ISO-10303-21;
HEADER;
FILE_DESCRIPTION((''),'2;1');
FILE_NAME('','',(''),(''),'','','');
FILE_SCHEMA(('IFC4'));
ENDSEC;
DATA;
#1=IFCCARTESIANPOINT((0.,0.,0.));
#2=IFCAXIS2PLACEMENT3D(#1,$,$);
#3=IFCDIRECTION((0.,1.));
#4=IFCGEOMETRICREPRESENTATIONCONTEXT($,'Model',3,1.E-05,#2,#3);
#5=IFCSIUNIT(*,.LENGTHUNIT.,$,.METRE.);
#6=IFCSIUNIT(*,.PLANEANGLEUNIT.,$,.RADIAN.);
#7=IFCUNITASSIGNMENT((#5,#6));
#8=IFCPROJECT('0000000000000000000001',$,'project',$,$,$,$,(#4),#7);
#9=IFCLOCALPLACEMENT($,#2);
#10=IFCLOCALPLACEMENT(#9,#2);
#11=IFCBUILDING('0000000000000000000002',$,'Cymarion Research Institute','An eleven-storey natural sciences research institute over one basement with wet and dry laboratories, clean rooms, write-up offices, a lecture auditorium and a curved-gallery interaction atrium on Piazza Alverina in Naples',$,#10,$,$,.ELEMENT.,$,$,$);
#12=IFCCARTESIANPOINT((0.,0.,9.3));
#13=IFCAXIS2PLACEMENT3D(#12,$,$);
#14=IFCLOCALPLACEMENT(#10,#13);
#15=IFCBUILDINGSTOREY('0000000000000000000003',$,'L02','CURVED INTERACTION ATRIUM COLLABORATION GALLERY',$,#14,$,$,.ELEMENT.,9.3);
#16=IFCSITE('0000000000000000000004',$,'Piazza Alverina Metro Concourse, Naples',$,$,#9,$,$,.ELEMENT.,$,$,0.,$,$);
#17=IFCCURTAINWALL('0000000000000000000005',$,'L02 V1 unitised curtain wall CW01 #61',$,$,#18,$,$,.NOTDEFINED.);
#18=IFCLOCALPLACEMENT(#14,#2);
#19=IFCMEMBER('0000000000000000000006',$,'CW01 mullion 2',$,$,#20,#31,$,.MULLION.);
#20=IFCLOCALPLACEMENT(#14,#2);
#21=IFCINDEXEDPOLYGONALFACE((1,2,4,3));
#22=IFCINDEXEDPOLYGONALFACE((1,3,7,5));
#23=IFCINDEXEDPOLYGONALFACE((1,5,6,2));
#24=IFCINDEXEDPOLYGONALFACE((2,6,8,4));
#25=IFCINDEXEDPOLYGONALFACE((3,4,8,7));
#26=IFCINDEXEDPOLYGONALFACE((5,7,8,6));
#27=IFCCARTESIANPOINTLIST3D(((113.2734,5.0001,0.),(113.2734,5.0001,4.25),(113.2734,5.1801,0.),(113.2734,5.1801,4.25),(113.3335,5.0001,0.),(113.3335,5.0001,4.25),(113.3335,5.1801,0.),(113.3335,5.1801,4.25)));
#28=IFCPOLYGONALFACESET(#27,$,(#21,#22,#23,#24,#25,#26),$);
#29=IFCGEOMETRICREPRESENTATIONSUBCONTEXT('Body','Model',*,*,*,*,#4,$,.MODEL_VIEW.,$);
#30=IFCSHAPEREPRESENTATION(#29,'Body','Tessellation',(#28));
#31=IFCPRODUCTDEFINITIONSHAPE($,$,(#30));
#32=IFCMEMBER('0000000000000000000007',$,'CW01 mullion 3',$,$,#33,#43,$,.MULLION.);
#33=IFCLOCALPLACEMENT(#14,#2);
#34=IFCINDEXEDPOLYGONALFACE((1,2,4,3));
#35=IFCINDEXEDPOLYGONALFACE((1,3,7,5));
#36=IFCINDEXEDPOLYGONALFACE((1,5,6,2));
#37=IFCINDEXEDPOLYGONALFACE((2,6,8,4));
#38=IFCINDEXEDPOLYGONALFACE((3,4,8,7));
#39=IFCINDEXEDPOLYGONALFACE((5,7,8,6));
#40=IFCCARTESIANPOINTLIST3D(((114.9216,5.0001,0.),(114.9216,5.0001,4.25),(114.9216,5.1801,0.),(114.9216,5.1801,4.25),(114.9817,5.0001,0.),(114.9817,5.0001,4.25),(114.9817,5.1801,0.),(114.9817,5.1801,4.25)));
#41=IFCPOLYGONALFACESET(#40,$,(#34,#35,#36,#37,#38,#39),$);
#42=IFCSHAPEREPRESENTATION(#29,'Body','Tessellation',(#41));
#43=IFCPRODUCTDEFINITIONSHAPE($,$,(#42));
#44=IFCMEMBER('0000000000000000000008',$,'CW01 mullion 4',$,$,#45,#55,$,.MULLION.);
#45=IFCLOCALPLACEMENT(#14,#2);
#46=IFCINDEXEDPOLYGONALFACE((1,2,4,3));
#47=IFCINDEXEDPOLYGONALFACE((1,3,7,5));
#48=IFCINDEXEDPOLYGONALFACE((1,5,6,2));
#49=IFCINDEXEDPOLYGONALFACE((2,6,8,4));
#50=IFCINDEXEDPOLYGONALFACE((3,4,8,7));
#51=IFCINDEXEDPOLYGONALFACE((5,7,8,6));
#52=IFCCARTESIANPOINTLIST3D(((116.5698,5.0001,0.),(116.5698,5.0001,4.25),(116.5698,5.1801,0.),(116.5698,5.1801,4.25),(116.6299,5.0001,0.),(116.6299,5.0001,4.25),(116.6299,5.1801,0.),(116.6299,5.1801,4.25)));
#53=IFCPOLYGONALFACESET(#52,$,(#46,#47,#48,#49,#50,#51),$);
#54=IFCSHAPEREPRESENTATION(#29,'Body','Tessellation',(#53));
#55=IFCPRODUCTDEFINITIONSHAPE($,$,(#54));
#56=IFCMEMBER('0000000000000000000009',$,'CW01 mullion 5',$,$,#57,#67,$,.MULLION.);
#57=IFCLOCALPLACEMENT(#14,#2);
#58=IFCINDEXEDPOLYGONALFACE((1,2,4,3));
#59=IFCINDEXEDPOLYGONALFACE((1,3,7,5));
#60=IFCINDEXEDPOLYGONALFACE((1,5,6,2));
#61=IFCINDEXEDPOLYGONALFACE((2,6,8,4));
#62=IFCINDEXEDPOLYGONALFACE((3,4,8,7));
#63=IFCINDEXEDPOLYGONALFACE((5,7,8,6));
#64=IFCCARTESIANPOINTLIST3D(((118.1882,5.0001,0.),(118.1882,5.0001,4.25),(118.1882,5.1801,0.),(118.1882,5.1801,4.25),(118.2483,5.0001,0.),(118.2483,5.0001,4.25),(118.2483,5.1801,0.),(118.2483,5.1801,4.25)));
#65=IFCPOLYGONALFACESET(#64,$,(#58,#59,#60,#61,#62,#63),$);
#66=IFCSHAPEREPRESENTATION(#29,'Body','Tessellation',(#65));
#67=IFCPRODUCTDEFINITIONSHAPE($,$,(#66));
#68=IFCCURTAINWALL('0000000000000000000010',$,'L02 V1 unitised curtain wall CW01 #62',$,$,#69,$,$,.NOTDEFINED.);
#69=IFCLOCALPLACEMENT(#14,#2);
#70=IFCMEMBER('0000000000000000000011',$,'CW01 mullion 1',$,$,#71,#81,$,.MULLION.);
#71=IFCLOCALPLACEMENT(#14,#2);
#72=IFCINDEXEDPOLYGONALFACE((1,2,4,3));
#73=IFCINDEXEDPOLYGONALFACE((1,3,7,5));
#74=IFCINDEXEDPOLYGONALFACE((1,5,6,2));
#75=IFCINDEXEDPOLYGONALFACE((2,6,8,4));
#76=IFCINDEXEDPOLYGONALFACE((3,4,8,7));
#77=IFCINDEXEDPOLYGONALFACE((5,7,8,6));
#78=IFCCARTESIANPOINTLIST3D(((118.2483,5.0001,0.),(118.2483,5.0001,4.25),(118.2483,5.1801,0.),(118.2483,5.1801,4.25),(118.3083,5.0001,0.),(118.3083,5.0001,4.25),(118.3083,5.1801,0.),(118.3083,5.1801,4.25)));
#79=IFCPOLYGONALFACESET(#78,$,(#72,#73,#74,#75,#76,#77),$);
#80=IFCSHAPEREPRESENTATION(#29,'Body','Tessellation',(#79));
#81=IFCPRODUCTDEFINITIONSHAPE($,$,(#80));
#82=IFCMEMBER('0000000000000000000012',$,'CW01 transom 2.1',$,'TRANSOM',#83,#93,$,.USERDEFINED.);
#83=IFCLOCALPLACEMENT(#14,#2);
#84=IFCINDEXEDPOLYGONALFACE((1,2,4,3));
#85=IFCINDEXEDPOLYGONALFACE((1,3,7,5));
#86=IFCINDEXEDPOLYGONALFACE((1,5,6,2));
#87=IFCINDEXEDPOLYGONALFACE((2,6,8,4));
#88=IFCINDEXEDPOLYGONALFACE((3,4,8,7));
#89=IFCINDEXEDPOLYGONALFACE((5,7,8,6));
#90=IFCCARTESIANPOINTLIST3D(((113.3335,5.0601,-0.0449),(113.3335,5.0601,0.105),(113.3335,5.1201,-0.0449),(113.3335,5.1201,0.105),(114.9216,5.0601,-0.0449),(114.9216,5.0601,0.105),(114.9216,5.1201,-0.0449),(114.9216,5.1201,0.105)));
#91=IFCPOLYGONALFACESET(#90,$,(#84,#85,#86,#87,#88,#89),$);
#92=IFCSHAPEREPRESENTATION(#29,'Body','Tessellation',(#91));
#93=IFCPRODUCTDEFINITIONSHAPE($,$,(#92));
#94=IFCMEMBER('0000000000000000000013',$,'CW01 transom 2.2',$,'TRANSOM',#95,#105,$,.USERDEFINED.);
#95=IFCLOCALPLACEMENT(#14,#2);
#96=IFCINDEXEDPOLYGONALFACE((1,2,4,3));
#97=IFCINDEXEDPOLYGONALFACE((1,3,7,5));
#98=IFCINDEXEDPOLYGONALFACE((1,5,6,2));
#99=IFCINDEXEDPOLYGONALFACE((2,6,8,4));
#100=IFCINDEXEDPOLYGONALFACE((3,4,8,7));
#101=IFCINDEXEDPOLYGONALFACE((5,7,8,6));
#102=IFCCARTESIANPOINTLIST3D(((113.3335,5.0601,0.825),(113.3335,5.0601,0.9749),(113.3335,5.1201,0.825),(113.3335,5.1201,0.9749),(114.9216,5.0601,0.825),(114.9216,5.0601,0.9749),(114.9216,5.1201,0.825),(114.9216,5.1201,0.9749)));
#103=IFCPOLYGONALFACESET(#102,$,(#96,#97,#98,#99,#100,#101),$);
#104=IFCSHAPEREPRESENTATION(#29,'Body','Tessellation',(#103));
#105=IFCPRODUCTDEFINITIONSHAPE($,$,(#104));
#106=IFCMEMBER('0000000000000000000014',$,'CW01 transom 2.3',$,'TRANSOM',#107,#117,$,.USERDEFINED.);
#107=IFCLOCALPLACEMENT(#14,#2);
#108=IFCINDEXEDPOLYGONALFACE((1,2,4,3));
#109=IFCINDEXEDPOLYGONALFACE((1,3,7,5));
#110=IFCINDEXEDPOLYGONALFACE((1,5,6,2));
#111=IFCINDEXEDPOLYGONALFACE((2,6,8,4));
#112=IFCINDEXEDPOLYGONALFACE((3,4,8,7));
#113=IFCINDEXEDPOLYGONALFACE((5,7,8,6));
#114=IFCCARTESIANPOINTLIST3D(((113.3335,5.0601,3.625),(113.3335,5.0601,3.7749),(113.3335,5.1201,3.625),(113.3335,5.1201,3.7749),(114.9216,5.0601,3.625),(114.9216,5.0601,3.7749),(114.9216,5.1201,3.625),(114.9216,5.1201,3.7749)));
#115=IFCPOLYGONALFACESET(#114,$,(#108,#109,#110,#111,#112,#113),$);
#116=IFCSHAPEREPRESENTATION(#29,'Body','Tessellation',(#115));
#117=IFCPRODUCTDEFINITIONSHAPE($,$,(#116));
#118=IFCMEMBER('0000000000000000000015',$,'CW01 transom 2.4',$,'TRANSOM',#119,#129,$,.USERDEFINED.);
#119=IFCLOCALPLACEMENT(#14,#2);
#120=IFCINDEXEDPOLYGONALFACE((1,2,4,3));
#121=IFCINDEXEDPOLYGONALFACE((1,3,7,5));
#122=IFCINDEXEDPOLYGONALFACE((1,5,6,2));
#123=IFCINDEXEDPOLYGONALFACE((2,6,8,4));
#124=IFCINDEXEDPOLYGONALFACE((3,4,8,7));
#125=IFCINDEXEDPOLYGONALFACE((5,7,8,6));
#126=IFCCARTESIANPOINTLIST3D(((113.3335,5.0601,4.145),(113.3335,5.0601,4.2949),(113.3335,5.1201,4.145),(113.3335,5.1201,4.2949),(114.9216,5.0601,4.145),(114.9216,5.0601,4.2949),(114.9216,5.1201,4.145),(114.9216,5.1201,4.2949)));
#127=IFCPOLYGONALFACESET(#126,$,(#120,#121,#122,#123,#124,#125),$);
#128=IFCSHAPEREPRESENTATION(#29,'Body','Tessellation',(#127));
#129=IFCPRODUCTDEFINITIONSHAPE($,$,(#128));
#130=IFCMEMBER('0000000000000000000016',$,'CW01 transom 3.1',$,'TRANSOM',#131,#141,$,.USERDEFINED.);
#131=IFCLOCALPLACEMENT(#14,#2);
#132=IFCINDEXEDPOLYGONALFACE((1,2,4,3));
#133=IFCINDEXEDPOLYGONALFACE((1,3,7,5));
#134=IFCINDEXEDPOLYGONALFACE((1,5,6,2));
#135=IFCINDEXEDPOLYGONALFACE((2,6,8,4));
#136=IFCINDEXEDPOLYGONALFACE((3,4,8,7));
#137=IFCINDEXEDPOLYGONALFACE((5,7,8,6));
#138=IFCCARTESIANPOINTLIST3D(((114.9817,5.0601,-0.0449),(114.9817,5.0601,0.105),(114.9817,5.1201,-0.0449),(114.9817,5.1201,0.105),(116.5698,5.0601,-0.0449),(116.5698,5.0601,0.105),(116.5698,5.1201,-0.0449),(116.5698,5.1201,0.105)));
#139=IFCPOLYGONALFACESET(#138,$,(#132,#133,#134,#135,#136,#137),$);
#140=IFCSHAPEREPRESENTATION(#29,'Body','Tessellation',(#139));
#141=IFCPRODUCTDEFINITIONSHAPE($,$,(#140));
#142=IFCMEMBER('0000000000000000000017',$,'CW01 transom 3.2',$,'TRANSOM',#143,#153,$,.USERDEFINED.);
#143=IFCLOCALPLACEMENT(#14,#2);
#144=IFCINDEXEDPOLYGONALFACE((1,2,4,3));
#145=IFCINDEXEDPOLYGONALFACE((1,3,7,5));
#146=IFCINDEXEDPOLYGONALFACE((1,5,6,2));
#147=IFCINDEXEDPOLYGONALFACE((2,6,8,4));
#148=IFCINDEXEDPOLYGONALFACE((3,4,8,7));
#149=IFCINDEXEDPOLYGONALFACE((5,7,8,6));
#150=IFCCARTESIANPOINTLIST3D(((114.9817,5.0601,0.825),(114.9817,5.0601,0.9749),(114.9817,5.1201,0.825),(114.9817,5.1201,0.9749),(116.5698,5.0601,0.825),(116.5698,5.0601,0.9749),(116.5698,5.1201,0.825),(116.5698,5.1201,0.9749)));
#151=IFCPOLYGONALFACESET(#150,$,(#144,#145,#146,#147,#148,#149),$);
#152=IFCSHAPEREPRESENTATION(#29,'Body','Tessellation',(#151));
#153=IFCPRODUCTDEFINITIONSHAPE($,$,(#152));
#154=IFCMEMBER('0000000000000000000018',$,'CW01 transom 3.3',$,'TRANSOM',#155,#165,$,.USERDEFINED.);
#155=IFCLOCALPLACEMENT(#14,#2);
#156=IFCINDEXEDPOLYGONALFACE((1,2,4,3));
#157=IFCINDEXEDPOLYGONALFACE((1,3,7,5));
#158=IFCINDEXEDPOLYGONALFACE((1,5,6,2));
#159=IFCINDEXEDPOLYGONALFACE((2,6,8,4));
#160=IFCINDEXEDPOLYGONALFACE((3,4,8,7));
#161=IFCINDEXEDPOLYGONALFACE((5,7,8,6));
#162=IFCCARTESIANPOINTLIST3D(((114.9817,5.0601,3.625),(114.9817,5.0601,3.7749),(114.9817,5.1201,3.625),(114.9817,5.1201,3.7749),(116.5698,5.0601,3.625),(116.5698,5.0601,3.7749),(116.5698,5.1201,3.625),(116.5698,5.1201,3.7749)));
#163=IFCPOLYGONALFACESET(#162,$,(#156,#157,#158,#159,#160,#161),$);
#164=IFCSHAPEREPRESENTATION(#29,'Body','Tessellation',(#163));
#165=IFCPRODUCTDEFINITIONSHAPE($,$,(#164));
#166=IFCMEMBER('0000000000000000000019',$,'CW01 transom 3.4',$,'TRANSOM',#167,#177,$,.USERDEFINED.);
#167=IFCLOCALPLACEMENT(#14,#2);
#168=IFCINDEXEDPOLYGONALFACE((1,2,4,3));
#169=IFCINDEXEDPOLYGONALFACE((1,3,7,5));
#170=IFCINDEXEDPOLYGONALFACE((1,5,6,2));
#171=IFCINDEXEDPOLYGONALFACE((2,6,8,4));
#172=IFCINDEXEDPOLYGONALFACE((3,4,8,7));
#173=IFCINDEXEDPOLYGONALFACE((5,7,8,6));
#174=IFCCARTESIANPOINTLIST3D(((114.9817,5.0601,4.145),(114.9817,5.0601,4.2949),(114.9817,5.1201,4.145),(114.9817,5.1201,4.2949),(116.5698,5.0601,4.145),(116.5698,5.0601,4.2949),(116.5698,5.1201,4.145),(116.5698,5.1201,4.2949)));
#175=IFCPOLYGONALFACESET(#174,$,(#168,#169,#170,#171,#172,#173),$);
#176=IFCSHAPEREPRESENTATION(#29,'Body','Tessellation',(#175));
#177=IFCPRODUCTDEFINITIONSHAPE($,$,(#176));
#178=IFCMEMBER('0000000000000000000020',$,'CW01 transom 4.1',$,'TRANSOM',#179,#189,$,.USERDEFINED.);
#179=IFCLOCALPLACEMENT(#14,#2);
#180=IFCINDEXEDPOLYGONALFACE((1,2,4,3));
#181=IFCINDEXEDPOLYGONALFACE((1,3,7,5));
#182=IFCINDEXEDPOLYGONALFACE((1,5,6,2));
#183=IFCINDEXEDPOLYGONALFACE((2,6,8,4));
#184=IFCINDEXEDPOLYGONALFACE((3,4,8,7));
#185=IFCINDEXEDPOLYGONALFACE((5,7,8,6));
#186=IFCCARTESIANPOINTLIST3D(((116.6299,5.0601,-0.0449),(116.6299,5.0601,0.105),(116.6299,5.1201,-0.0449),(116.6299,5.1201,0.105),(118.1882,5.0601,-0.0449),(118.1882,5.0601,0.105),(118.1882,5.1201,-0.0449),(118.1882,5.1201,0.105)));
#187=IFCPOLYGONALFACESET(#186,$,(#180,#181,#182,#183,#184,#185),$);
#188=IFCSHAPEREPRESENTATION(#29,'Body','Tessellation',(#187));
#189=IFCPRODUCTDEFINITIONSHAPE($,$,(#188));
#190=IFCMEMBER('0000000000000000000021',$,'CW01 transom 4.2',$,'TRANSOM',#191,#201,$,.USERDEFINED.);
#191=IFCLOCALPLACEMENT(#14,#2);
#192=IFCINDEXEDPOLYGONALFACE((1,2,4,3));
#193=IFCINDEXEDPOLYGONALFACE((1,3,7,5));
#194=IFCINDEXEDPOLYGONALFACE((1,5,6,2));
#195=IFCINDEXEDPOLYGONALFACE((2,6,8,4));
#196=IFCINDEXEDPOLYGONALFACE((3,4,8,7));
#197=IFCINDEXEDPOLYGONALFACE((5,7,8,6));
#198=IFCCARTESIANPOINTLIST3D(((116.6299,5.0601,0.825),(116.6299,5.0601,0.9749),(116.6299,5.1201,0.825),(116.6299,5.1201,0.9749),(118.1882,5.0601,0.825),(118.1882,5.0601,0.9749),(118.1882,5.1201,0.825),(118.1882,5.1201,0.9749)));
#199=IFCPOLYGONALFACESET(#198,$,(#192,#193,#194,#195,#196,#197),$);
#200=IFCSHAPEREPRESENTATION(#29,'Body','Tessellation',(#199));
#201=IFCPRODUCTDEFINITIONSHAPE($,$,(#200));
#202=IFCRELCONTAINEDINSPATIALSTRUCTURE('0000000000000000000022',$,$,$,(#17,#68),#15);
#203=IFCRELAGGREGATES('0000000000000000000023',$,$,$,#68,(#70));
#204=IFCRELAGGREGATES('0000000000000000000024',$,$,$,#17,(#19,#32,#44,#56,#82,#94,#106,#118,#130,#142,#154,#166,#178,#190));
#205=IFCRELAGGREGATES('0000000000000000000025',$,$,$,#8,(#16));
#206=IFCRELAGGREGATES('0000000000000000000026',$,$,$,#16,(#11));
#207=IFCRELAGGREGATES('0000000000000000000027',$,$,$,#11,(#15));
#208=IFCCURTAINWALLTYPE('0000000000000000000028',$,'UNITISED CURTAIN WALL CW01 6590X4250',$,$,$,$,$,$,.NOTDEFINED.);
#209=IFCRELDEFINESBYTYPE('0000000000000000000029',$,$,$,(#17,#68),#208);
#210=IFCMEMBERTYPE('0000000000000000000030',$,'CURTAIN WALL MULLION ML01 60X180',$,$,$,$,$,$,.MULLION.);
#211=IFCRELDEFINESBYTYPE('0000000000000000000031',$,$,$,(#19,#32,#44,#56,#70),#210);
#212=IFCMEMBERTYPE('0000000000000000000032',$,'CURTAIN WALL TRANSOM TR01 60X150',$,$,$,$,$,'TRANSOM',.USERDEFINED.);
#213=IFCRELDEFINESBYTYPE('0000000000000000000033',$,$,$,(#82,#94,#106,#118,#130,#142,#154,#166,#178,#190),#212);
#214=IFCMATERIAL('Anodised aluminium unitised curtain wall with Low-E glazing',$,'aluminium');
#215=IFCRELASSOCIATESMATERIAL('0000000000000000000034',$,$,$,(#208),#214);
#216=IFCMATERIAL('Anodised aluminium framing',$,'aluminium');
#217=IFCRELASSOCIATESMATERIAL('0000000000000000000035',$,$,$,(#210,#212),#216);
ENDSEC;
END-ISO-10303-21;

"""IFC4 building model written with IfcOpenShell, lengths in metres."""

from ifc_helpers import new_model, si_unit, direction, frame, origin, origin_2d, place, context, subcontext, project, spatial, rectangle, extrude, material, material_profile, profile_set, type_object, element, aggregate, save


model = new_model("IFC4")

# Units and contexts
model_context = context("Model", 3, precision=1e-05, world=origin(), true_north=direction((0.0, 1.0)))
body_context = subcontext(model_context, "Body", "Model", "MODEL_VIEW")
ifc_project = project(units=[si_unit("LENGTHUNIT", "METRE"), si_unit("PLANEANGLEUNIT", "RADIAN")], contexts=[model_context])

# Site, building, storey
site_placement = place(None, origin())
site = spatial("IfcSite", under=ifc_project, at=site_placement, Name="Piazza Alverina Metro Concourse, Naples", CompositionType="ELEMENT", RefElevation=0.0)
building_placement = place(site_placement, origin())
building = spatial("IfcBuilding", under=site, at=building_placement, Name="Cymarion Research Institute", Description="An eleven-storey natural sciences research institute over one basement with wet and dry laboratories, clean rooms, write-up offices, a lecture auditorium and a curved-gallery interaction atrium on Piazza Alverina in Naples", CompositionType="ELEMENT")
storey_placement = place(building_placement, frame((0.0, 0.0, 9.3)))
storey = spatial("IfcBuildingStorey", under=building, at=storey_placement, Name="L02", Description="CURVED INTERACTION ATRIUM COLLABORATION GALLERY", CompositionType="ELEMENT", Elevation=9.3)

# Curtain wall, members
ifc_material_1 = material(Name="Anodised aluminium unitised curtain wall with Low-E glazing", Category="aluminium")
curtain_wall_type = type_object("IfcCurtainWallType", Name="UNITISED CURTAIN WALL CW01 6590X4250", PredefinedType="NOTDEFINED", material=ifc_material_1)
curtain_wall_1_placement = place(storey_placement, origin())
curtain_wall_1 = element("IfcCurtainWall", 1, at=curtain_wall_1_placement, inside=storey, type_object=curtain_wall_type, Name="L02 V1 unitised curtain wall CW01 #61", PredefinedType="NOTDEFINED")
ifc_material_2 = material(Name="Anodised aluminium framing", Category="aluminium")
ifc_material_profile_1 = material_profile(ifc_material_2, rectangle(XDim=0.0601, YDim=0.1799, at=origin_2d()), Name="ALU MULLION 60x180")
ifc_profile_set_1 = profile_set([ifc_material_profile_1], Name="Anodised aluminium framing")
member_type_1 = type_object("IfcMemberType", Name="CURTAIN WALL MULLION ML01 60X180", PredefinedType="MULLION", material=ifc_profile_set_1)
member_1_placement = place(storey_placement, frame((113.3035, 5.0901, 0.0), z_axis=(0.0, 0.0, 1.0), x_axis=(1.0, 0.0, 0.0)))
member_1 = element("IfcMember", 2, at=member_1_placement, type_object=member_type_1, Name="CW01 mullion 2", PredefinedType="MULLION", context=body_context, shape_type="SweptSolid", body=[
    extrude(rectangle(XDim=0.0601, YDim=0.1799, at=origin_2d()), origin(), (0.0, 0.0, 1.0), 4.25),
])
member_2_placement = place(storey_placement, frame((114.9517, 5.0901, 0.0), z_axis=(0.0, 0.0, 1.0), x_axis=(1.0, 0.0, 0.0)))
member_2 = element("IfcMember", 3, at=member_2_placement, type_object=member_type_1, Name="CW01 mullion 3", PredefinedType="MULLION", context=body_context, shape_type="SweptSolid", body=[
    extrude(rectangle(XDim=0.0601, YDim=0.1799, at=origin_2d()), origin(), (0.0, 0.0, 1.0), 4.25),
])
member_3_placement = place(storey_placement, frame((116.5999, 5.0901, 0.0), z_axis=(0.0, 0.0, 1.0), x_axis=(1.0, 0.0, 0.0)))
member_3 = element("IfcMember", 4, at=member_3_placement, type_object=member_type_1, Name="CW01 mullion 4", PredefinedType="MULLION", context=body_context, shape_type="SweptSolid", body=[
    extrude(rectangle(XDim=0.0601, YDim=0.1799, at=origin_2d()), origin(), (0.0, 0.0, 1.0), 4.25),
])
member_4_placement = place(storey_placement, frame((118.2183, 5.0901, 0.0), z_axis=(0.0, 0.0, 1.0), x_axis=(1.0, 0.0, 0.0)))
member_4 = element("IfcMember", 5, at=member_4_placement, type_object=member_type_1, Name="CW01 mullion 5", PredefinedType="MULLION", context=body_context, shape_type="SweptSolid", body=[
    extrude(rectangle(XDim=0.0601, YDim=0.1799, at=origin_2d()), origin(), (0.0, 0.0, 1.0), 4.25),
])

# Curtain wall, member
curtain_wall_2_placement = place(storey_placement, origin())
curtain_wall_2 = element("IfcCurtainWall", 6, at=curtain_wall_2_placement, inside=storey, type_object=curtain_wall_type, Name="L02 V1 unitised curtain wall CW01 #62", PredefinedType="NOTDEFINED")
member_5_placement = place(storey_placement, frame((118.2783, 5.0901, 0.0), z_axis=(0.0, 0.0, 1.0), x_axis=(1.0, 0.0, 0.0)))
member_5 = element("IfcMember", 7, at=member_5_placement, type_object=member_type_1, Name="CW01 mullion 1", PredefinedType="MULLION", context=body_context, shape_type="SweptSolid", body=[
    extrude(rectangle(XDim=0.0601, YDim=0.1799, at=origin_2d()), origin(), (0.0, 0.0, 1.0), 4.25),
])

# Members
ifc_material_profile_2 = material_profile(ifc_material_2, rectangle(XDim=0.0601, YDim=0.1499, at=origin_2d()), Name="ALU TRANSOM 60x150")
ifc_profile_set_2 = profile_set([ifc_material_profile_2], Name="Anodised aluminium framing")
member_type_2 = type_object("IfcMemberType", Name="CURTAIN WALL TRANSOM TR01 60X150", ElementType="TRANSOM", PredefinedType="USERDEFINED", material=ifc_profile_set_2)
member_6_placement = place(storey_placement, frame((113.3335, 5.0901, 0.03), z_axis=(1.0, 0.0, 0.0), x_axis=(0.0, 1.0, 0.0)))
member_6 = element("IfcMember", 8, at=member_6_placement, type_object=member_type_2, Name="CW01 transom 2.1", ObjectType="TRANSOM", PredefinedType="USERDEFINED", context=body_context, shape_type="SweptSolid", body=[
    extrude(rectangle(XDim=0.0601, YDim=0.1499, at=origin_2d()), origin(), (0.0, 0.0, 1.0), 1.5881),
])
member_7_placement = place(storey_placement, frame((113.3335, 5.0901, 0.8999), z_axis=(1.0, 0.0, 0.0), x_axis=(0.0, 1.0, 0.0)))
member_7 = element("IfcMember", 9, at=member_7_placement, type_object=member_type_2, Name="CW01 transom 2.2", ObjectType="TRANSOM", PredefinedType="USERDEFINED", context=body_context, shape_type="SweptSolid", body=[
    extrude(rectangle(XDim=0.0601, YDim=0.1499, at=origin_2d()), origin(), (0.0, 0.0, 1.0), 1.5881),
])
member_8_placement = place(storey_placement, frame((113.3335, 5.0901, 3.7), z_axis=(1.0, 0.0, 0.0), x_axis=(0.0, 1.0, 0.0)))
member_8 = element("IfcMember", 10, at=member_8_placement, type_object=member_type_2, Name="CW01 transom 2.3", ObjectType="TRANSOM", PredefinedType="USERDEFINED", context=body_context, shape_type="SweptSolid", body=[
    extrude(rectangle(XDim=0.0601, YDim=0.1499, at=origin_2d()), origin(), (0.0, 0.0, 1.0), 1.5881),
])
member_9_placement = place(storey_placement, frame((113.3335, 5.0901, 4.22), z_axis=(1.0, 0.0, 0.0), x_axis=(0.0, 1.0, 0.0)))
member_9 = element("IfcMember", 11, at=member_9_placement, type_object=member_type_2, Name="CW01 transom 2.4", ObjectType="TRANSOM", PredefinedType="USERDEFINED", context=body_context, shape_type="SweptSolid", body=[
    extrude(rectangle(XDim=0.0601, YDim=0.1499, at=origin_2d()), origin(), (0.0, 0.0, 1.0), 1.5881),
])
member_10_placement = place(storey_placement, frame((114.9817, 5.0901, 0.03), z_axis=(1.0, 0.0, 0.0), x_axis=(0.0, 1.0, 0.0)))
member_10 = element("IfcMember", 12, at=member_10_placement, type_object=member_type_2, Name="CW01 transom 3.1", ObjectType="TRANSOM", PredefinedType="USERDEFINED", context=body_context, shape_type="SweptSolid", body=[
    extrude(rectangle(XDim=0.0601, YDim=0.1499, at=origin_2d()), origin(), (0.0, 0.0, 1.0), 1.5881),
])
member_11_placement = place(storey_placement, frame((114.9817, 5.0901, 0.8999), z_axis=(1.0, 0.0, 0.0), x_axis=(0.0, 1.0, 0.0)))
member_11 = element("IfcMember", 13, at=member_11_placement, type_object=member_type_2, Name="CW01 transom 3.2", ObjectType="TRANSOM", PredefinedType="USERDEFINED", context=body_context, shape_type="SweptSolid", body=[
    extrude(rectangle(XDim=0.0601, YDim=0.1499, at=origin_2d()), origin(), (0.0, 0.0, 1.0), 1.5881),
])
member_12_placement = place(storey_placement, frame((114.9817, 5.0901, 3.7), z_axis=(1.0, 0.0, 0.0), x_axis=(0.0, 1.0, 0.0)))
member_12 = element("IfcMember", 14, at=member_12_placement, type_object=member_type_2, Name="CW01 transom 3.3", ObjectType="TRANSOM", PredefinedType="USERDEFINED", context=body_context, shape_type="SweptSolid", body=[
    extrude(rectangle(XDim=0.0601, YDim=0.1499, at=origin_2d()), origin(), (0.0, 0.0, 1.0), 1.5881),
])
member_13_placement = place(storey_placement, frame((114.9817, 5.0901, 4.22), z_axis=(1.0, 0.0, 0.0), x_axis=(0.0, 1.0, 0.0)))
member_13 = element("IfcMember", 15, at=member_13_placement, type_object=member_type_2, Name="CW01 transom 3.4", ObjectType="TRANSOM", PredefinedType="USERDEFINED", context=body_context, shape_type="SweptSolid", body=[
    extrude(rectangle(XDim=0.0601, YDim=0.1499, at=origin_2d()), origin(), (0.0, 0.0, 1.0), 1.5881),
])
member_14_placement = place(storey_placement, frame((116.6299, 5.0901, 0.03), z_axis=(1.0, 0.0, 0.0), x_axis=(0.0, 1.0, 0.0)))
member_14 = element("IfcMember", 16, at=member_14_placement, type_object=member_type_2, Name="CW01 transom 4.1", ObjectType="TRANSOM", PredefinedType="USERDEFINED", context=body_context, shape_type="SweptSolid", body=[
    extrude(rectangle(XDim=0.0601, YDim=0.1499, at=origin_2d()), origin(), (0.0, 0.0, 1.0), 1.5583),
])
member_15_placement = place(storey_placement, frame((116.6299, 5.0901, 0.8999), z_axis=(1.0, 0.0, 0.0), x_axis=(0.0, 1.0, 0.0)))
member_15 = element("IfcMember", 17, at=member_15_placement, type_object=member_type_2, Name="CW01 transom 4.2", ObjectType="TRANSOM", PredefinedType="USERDEFINED", context=body_context, shape_type="SweptSolid", body=[
    extrude(rectangle(XDim=0.0601, YDim=0.1499, at=origin_2d()), origin(), (0.0, 0.0, 1.0), 1.5583),
])
aggregate(curtain_wall_2, [member_5])

aggregate(curtain_wall_1, [member_1, member_2, member_3, member_4, member_6, member_7, member_8, member_9, member_10, member_11, member_12, member_13, member_14, member_15])

save(model, "model.ifc")
